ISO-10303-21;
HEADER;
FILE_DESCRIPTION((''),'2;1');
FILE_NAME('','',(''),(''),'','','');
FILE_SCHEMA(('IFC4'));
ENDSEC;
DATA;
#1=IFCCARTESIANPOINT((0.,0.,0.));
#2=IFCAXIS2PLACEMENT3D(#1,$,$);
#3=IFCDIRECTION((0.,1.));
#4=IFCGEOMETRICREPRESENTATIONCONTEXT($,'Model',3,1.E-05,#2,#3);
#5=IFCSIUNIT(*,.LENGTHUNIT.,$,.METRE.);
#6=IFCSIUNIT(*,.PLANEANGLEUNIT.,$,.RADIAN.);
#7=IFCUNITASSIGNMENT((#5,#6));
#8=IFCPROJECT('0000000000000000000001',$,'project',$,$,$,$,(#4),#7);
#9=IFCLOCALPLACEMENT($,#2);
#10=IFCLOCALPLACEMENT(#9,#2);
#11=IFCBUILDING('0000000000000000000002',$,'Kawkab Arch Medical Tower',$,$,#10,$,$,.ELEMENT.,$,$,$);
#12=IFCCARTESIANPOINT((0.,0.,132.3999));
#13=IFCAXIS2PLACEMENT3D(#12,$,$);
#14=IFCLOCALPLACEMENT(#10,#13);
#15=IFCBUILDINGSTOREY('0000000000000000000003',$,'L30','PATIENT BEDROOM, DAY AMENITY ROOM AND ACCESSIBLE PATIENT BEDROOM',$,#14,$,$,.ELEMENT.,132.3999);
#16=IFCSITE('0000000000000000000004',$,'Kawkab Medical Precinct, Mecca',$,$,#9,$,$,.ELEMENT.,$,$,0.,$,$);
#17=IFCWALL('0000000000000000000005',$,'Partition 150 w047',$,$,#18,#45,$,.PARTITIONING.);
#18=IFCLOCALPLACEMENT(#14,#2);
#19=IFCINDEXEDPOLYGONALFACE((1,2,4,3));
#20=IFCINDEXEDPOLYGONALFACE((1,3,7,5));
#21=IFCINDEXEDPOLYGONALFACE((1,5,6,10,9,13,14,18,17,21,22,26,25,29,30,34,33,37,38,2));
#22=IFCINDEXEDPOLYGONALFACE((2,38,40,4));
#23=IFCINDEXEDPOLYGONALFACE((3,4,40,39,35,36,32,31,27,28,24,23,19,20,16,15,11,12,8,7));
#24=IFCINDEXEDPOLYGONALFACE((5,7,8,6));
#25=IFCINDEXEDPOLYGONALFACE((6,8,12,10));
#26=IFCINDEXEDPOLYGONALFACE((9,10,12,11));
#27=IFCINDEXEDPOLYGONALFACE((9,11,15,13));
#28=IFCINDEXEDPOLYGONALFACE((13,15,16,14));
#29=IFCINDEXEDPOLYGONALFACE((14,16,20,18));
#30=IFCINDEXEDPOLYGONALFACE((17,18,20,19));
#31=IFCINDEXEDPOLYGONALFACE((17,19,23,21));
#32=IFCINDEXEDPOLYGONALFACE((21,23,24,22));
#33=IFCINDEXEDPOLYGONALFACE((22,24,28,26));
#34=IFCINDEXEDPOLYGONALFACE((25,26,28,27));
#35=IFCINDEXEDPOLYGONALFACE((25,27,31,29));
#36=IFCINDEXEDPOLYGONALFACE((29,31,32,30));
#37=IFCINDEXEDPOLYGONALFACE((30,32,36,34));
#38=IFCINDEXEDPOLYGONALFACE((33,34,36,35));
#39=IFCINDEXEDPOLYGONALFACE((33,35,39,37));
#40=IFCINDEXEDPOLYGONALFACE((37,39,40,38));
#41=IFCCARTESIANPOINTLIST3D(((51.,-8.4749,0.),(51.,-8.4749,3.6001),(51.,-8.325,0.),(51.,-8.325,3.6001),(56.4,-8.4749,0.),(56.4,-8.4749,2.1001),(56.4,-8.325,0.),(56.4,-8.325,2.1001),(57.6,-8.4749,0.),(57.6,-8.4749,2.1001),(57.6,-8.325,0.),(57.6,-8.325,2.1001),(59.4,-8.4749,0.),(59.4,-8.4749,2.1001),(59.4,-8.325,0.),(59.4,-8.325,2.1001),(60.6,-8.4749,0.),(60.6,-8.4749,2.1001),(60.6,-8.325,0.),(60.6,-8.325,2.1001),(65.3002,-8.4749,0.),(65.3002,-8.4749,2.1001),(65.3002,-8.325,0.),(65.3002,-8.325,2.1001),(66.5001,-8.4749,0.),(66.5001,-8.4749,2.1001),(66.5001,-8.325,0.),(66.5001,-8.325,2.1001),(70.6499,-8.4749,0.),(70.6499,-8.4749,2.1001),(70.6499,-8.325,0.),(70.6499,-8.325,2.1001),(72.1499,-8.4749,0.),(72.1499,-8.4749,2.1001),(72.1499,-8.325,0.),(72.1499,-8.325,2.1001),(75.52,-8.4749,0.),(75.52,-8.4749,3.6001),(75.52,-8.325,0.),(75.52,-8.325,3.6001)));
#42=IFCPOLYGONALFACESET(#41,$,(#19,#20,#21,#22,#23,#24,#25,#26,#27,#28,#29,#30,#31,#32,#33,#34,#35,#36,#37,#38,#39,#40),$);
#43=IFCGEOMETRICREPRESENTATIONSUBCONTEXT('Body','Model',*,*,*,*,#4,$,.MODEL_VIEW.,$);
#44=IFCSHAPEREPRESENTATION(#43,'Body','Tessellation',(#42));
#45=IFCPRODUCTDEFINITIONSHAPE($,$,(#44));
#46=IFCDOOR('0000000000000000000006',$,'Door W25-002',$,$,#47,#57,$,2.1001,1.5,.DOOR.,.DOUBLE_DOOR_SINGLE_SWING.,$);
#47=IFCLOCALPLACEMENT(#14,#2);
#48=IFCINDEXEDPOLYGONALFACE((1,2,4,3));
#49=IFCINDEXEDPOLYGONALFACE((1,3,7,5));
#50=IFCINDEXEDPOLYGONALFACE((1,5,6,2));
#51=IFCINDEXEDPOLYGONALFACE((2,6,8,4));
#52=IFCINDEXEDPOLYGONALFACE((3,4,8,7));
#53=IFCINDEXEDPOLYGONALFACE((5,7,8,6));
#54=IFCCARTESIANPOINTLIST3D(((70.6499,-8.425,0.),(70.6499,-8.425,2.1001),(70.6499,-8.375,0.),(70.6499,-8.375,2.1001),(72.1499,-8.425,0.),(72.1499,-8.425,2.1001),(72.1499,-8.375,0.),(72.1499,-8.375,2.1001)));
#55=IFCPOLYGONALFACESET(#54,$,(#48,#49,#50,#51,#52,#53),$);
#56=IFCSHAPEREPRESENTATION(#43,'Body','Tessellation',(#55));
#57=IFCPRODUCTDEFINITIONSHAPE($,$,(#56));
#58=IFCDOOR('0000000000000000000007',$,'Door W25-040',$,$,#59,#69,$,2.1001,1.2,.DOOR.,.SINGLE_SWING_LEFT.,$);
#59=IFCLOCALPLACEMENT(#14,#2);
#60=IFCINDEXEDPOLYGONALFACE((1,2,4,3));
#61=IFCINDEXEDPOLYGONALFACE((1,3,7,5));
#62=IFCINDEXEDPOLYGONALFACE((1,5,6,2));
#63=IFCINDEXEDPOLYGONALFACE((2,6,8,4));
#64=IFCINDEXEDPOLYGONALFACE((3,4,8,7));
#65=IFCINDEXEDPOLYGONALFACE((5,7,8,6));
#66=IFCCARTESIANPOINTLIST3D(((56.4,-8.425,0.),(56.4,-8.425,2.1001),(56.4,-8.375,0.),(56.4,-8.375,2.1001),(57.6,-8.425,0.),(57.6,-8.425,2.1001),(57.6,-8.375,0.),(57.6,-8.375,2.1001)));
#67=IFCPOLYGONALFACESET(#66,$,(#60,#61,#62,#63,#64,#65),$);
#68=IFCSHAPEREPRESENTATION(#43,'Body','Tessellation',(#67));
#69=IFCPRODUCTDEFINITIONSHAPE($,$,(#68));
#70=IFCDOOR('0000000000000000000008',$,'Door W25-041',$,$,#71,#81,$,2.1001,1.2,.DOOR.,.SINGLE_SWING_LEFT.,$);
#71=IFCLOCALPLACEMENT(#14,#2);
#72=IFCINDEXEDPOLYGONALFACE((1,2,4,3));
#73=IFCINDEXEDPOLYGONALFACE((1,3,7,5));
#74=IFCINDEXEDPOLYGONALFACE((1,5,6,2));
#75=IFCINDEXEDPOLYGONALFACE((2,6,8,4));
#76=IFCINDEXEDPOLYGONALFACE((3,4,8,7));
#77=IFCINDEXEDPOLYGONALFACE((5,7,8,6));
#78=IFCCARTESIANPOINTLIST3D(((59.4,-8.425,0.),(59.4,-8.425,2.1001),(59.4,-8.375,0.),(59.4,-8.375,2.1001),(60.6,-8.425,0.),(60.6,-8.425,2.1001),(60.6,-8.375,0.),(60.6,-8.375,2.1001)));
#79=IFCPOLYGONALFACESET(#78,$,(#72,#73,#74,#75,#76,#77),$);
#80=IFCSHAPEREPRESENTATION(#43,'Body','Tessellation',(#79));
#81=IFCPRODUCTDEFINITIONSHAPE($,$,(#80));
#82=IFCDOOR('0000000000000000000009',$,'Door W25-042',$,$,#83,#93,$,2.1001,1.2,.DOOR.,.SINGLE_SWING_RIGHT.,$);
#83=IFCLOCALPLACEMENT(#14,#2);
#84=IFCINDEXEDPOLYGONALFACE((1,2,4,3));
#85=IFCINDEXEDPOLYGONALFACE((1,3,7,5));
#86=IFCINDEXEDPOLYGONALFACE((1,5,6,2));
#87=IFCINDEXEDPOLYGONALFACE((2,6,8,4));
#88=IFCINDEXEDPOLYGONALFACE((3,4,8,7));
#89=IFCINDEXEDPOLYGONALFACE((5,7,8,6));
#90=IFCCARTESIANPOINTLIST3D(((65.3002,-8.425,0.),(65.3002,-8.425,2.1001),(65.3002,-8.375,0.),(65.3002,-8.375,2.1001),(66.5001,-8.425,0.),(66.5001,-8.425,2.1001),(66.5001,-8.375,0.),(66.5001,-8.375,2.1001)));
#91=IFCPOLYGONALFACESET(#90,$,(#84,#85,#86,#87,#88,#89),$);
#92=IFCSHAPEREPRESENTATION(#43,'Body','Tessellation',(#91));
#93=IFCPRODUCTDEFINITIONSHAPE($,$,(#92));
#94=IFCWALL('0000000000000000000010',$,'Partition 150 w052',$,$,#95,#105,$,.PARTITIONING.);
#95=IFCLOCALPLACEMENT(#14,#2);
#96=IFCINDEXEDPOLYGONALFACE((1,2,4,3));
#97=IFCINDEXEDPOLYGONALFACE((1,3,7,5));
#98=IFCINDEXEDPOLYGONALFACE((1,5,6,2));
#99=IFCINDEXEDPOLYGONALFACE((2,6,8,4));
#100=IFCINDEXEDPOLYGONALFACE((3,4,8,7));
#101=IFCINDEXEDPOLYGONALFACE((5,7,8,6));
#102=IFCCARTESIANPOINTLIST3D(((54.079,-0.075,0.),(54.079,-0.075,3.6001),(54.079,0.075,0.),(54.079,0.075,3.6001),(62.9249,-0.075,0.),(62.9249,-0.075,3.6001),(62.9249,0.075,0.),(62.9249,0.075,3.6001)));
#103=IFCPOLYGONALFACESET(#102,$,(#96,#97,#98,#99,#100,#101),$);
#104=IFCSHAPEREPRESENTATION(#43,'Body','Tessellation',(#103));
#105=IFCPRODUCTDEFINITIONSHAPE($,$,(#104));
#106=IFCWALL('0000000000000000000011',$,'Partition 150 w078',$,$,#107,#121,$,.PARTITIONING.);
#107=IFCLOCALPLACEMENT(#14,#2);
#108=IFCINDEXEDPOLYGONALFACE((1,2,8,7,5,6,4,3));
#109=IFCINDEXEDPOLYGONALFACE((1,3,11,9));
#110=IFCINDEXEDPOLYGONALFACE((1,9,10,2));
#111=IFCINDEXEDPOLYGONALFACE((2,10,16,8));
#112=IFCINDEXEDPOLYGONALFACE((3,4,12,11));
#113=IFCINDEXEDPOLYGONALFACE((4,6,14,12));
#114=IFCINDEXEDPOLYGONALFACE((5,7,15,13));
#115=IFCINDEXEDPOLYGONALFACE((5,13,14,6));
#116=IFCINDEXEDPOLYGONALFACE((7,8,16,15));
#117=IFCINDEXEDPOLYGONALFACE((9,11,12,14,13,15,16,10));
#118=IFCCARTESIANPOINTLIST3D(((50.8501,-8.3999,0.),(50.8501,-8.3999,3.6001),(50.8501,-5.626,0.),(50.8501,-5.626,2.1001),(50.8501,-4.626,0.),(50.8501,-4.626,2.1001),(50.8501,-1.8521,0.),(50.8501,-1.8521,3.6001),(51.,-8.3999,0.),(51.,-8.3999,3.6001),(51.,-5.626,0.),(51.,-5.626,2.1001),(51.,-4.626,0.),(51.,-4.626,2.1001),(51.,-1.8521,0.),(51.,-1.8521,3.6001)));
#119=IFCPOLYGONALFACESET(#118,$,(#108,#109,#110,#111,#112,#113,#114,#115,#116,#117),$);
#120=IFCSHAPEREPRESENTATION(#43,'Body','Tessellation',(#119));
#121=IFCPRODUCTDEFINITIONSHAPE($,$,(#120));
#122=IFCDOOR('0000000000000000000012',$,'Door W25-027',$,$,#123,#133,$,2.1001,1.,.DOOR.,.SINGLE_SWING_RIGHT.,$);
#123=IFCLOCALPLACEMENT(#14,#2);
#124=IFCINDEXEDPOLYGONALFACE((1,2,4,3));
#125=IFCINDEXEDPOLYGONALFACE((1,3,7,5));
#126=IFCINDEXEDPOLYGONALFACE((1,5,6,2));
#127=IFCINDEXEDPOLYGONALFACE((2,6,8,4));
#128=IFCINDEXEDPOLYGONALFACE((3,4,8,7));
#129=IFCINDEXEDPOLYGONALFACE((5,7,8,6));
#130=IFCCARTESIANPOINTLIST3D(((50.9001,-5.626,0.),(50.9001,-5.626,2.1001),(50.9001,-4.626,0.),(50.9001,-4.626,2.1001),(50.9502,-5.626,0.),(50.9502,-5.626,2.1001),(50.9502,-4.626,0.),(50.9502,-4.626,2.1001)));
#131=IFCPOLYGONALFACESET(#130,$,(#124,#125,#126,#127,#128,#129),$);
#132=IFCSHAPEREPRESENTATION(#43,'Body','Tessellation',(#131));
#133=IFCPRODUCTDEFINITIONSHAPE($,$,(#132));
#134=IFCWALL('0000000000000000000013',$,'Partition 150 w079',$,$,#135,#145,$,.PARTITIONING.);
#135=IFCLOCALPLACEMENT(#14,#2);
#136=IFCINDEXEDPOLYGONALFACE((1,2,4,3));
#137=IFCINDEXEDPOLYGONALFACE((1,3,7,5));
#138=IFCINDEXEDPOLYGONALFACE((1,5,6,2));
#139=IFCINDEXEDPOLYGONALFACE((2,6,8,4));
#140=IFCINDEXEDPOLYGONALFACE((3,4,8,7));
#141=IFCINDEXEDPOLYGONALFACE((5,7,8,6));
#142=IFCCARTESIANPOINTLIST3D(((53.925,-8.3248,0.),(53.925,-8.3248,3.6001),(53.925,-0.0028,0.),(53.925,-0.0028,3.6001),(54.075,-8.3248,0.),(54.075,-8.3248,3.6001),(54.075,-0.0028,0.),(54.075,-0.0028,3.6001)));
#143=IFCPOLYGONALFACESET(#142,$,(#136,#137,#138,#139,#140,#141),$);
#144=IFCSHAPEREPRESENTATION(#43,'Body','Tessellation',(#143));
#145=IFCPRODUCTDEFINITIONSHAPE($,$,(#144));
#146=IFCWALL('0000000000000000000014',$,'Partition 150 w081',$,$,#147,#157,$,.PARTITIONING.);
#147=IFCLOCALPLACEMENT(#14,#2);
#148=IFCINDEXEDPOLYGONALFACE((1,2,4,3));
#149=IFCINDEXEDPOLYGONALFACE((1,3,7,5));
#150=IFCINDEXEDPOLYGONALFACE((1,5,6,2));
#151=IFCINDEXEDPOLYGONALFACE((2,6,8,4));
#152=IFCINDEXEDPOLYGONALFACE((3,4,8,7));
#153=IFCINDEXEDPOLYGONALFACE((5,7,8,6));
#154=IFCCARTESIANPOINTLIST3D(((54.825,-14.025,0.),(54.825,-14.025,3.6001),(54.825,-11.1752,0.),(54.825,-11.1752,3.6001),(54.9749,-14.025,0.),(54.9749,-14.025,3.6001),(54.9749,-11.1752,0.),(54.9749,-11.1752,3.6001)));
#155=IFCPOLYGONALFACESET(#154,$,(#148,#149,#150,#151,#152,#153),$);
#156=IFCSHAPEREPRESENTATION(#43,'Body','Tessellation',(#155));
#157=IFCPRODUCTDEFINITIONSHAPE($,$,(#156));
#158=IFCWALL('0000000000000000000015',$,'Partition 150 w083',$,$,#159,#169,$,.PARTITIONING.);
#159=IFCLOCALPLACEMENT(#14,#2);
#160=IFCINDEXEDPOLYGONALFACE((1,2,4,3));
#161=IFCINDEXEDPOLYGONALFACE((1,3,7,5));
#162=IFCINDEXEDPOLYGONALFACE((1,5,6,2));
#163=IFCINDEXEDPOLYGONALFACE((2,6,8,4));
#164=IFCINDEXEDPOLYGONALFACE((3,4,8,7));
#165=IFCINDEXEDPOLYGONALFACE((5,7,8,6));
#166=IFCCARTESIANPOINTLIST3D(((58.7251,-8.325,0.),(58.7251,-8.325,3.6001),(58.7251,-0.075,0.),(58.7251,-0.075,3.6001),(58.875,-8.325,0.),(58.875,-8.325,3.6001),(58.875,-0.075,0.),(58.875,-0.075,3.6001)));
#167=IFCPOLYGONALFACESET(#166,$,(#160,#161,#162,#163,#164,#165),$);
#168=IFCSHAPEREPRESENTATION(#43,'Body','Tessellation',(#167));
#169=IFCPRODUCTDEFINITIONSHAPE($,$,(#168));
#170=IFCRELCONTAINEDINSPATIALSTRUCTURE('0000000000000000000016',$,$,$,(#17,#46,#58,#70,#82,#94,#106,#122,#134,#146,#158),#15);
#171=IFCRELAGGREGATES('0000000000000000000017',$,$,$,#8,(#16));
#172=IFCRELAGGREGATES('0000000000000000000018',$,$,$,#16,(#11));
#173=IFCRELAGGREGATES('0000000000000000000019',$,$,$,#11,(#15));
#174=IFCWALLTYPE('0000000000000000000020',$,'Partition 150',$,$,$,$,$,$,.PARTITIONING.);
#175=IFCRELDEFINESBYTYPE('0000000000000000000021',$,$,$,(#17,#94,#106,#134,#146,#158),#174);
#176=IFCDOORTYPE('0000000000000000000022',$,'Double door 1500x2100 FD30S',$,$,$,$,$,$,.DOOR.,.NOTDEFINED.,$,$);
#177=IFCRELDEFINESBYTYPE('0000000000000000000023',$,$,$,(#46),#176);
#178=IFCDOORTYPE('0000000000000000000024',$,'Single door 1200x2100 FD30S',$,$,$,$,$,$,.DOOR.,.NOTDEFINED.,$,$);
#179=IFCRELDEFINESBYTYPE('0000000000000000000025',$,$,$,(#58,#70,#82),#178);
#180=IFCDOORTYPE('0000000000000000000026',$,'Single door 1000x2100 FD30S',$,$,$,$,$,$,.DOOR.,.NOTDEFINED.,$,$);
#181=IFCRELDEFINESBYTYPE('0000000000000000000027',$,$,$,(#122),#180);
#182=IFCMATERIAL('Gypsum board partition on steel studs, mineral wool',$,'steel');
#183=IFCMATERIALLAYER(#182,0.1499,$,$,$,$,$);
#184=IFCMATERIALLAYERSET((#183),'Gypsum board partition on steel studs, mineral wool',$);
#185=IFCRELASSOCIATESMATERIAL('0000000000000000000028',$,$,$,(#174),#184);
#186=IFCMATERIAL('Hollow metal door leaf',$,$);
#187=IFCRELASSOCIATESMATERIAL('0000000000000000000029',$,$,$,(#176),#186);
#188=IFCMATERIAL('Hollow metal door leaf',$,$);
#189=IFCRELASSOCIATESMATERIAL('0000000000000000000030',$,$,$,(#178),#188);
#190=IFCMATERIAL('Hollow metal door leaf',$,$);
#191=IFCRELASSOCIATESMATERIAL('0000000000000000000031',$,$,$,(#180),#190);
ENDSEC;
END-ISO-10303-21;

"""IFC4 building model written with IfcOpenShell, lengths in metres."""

from ifc_helpers import new_model, si_unit, direction, frame, frame_2d, origin, place, context, subcontext, project, spatial, rectangle, extrude, material, layer, layer_set, type_object, element, fill, save


model = new_model("IFC4")

# Units and contexts
model_context = context("Model", 3, precision=1e-05, world=origin(), true_north=direction((0.0, 1.0)))
body_context = subcontext(model_context, "Body", "Model", "MODEL_VIEW")
ifc_project = project(units=[si_unit("LENGTHUNIT", "METRE"), si_unit("PLANEANGLEUNIT", "RADIAN")], contexts=[model_context])

# Site, building, storey
site_placement = place(None, origin())
site = spatial("IfcSite", under=ifc_project, at=site_placement, Name="Kawkab Medical Precinct, Mecca", CompositionType="ELEMENT", RefElevation=0.0)
building_placement = place(site_placement, origin())
building = spatial("IfcBuilding", under=site, at=building_placement, Name="Kawkab Arch Medical Tower", CompositionType="ELEMENT")
storey_placement = place(building_placement, frame((0.0, 0.0, 132.3999)))
storey = spatial("IfcBuildingStorey", under=building, at=storey_placement, Name="L30", Description="PATIENT BEDROOM, DAY AMENITY ROOM AND ACCESSIBLE PATIENT BEDROOM", CompositionType="ELEMENT", Elevation=132.3999)

# Wall, openings, doors
ifc_material_1 = material(Name="Gypsum board partition on steel studs, mineral wool", Category="steel")
ifc_layer_1 = layer(ifc_material_1, 0.1499)
ifc_layer_set_1 = layer_set([ifc_layer_1], Name="Gypsum board partition on steel studs, mineral wool")
wall_type_1 = type_object("IfcWallType", Name="Partition 150", PredefinedType="PARTITIONING", material=ifc_layer_set_1)
wall_1_placement = place(storey_placement, frame((51.0, -8.3999, 0.0), z_axis=(0.0, 0.0, 1.0), x_axis=(1.0, 0.0, 0.0)))
wall_1 = element("IfcWall", 1, at=wall_1_placement, inside=storey, type_object=wall_type_1, Name="Partition 150 w047", PredefinedType="PARTITIONING", context=body_context, shape_type="SweptSolid", body=[
    extrude(rectangle(XDim=24.52, YDim=0.1499, at=frame_2d((12.26, 0.0))), origin(), (0.0, 0.0, 1.0), 3.6001),
])
opening_1_placement = place(wall_1_placement, frame((5.3999, 0.0, 0.0)))
opening_1 = element("IfcOpeningElement", 2, at=opening_1_placement, cuts=wall_1, PredefinedType="OPENING", context=body_context, shape_type="SweptSolid", body=[
    extrude(rectangle(XDim=1.2, YDim=2.1001, at=frame_2d((0.6001, 1.05))), frame((0.0, 0.085, 0.0), z_axis=(0.0, -1.0, 0.0), x_axis=(1.0, 0.0, 0.0)), (0.0, 0.0, 1.0), 0.1699),
])
opening_2_placement = place(wall_1_placement, frame((8.3999, 0.0, 0.0)))
opening_2 = element("IfcOpeningElement", 3, at=opening_2_placement, cuts=wall_1, PredefinedType="OPENING", context=body_context, shape_type="SweptSolid", body=[
    extrude(rectangle(XDim=1.2, YDim=2.1001, at=frame_2d((0.6001, 1.05))), frame((0.0, 0.085, 0.0), z_axis=(0.0, -1.0, 0.0), x_axis=(1.0, 0.0, 0.0)), (0.0, 0.0, 1.0), 0.1699),
])
opening_3_placement = place(wall_1_placement, frame((14.3, 0.0, 0.0)))
opening_3 = element("IfcOpeningElement", 4, at=opening_3_placement, cuts=wall_1, PredefinedType="OPENING", context=body_context, shape_type="SweptSolid", body=[
    extrude(rectangle(XDim=1.2, YDim=2.1001, at=frame_2d((0.6001, 1.05))), frame((0.0, 0.085, 0.0), z_axis=(0.0, -1.0, 0.0), x_axis=(1.0, 0.0, 0.0)), (0.0, 0.0, 1.0), 0.1699),
])
opening_4_placement = place(wall_1_placement, frame((19.6499, 0.0, 0.0)))
opening_4 = element("IfcOpeningElement", 5, at=opening_4_placement, cuts=wall_1, PredefinedType="OPENING", context=body_context, shape_type="SweptSolid", body=[
    extrude(rectangle(XDim=1.5, YDim=2.1001, at=frame_2d((0.75, 1.05))), frame((0.0, 0.085, 0.0), z_axis=(0.0, -1.0, 0.0), x_axis=(1.0, 0.0, 0.0)), (0.0, 0.0, 1.0), 0.1699),
])
ifc_material_2 = material(Name="Hollow metal door leaf")
door_type_1 = type_object("IfcDoorType", Name="Double door 1500x2100 FD30S", OperationType="NOTDEFINED", PredefinedType="DOOR", material=ifc_material_2)
door_1_placement = place(opening_4_placement, origin())
door_1 = element("IfcDoor", 6, at=door_1_placement, inside=storey, type_object=door_type_1, Name="Door W25-002", OperationType="DOUBLE_DOOR_SINGLE_SWING", OverallHeight=2.1001, OverallWidth=1.5, PredefinedType="DOOR", context=body_context, shape_type="SweptSolid", body=[
    extrude(rectangle(XDim=1.5, YDim=2.1001, at=frame_2d((0.75, 1.05))), frame((0.0, 0.0249, 0.0), z_axis=(0.0, -1.0, 0.0), x_axis=(1.0, 0.0, 0.0)), (0.0, 0.0, 1.0), 0.05),
])
fill(opening_4, door_1)
ifc_material_3 = material(Name="Hollow metal door leaf")
door_type_2 = type_object("IfcDoorType", Name="Single door 1200x2100 FD30S", OperationType="NOTDEFINED", PredefinedType="DOOR", material=ifc_material_3)
door_2_placement = place(opening_1_placement, origin())
door_2 = element("IfcDoor", 7, at=door_2_placement, inside=storey, type_object=door_type_2, Name="Door W25-040", OperationType="SINGLE_SWING_LEFT", OverallHeight=2.1001, OverallWidth=1.2, PredefinedType="DOOR", context=body_context, shape_type="SweptSolid", body=[
    extrude(rectangle(XDim=1.2, YDim=2.1001, at=frame_2d((0.6001, 1.05))), frame((0.0, 0.0249, 0.0), z_axis=(0.0, -1.0, 0.0), x_axis=(1.0, 0.0, 0.0)), (0.0, 0.0, 1.0), 0.05),
])
fill(opening_1, door_2)
door_3_placement = place(opening_2_placement, origin())
door_3 = element("IfcDoor", 8, at=door_3_placement, inside=storey, type_object=door_type_2, Name="Door W25-041", OperationType="SINGLE_SWING_LEFT", OverallHeight=2.1001, OverallWidth=1.2, PredefinedType="DOOR", context=body_context, shape_type="SweptSolid", body=[
    extrude(rectangle(XDim=1.2, YDim=2.1001, at=frame_2d((0.6001, 1.05))), frame((0.0, 0.0249, 0.0), z_axis=(0.0, -1.0, 0.0), x_axis=(1.0, 0.0, 0.0)), (0.0, 0.0, 1.0), 0.05),
])
fill(opening_2, door_3)
door_4_placement = place(opening_3_placement, origin())
door_4 = element("IfcDoor", 9, at=door_4_placement, inside=storey, type_object=door_type_2, Name="Door W25-042", OperationType="SINGLE_SWING_RIGHT", OverallHeight=2.1001, OverallWidth=1.2, PredefinedType="DOOR", context=body_context, shape_type="SweptSolid", body=[
    extrude(rectangle(XDim=1.2, YDim=2.1001, at=frame_2d((0.6001, 1.05))), frame((0.0, 0.0249, 0.0), z_axis=(0.0, -1.0, 0.0), x_axis=(1.0, 0.0, 0.0)), (0.0, 0.0, 1.0), 0.05),
])
fill(opening_3, door_4)

# Wall
wall_2_placement = place(storey_placement, frame((54.0791, 0.0, 0.0), z_axis=(0.0, 0.0, 1.0), x_axis=(1.0, 0.0, 0.0)))
element("IfcWall", 10, at=wall_2_placement, inside=storey, type_object=wall_type_1, Name="Partition 150 w052", PredefinedType="PARTITIONING", context=body_context, shape_type="SweptSolid", body=[
    extrude(rectangle(XDim=8.8459, YDim=0.1499, at=frame_2d((4.4229, 0.0))), origin(), (0.0, 0.0, 1.0), 3.6001),
])

# Wall, opening, door
wall_3_placement = place(storey_placement, frame((50.925, -8.3999, 0.0), z_axis=(0.0, 0.0, 1.0), x_axis=(0.0, 1.0, 0.0)))
wall_3 = element("IfcWall", 11, at=wall_3_placement, inside=storey, type_object=wall_type_1, Name="Partition 150 w078", PredefinedType="PARTITIONING", context=body_context, shape_type="SweptSolid", body=[
    extrude(rectangle(XDim=6.5479, YDim=0.1499, at=frame_2d((3.2739, 0.0))), origin(), (0.0, 0.0, 1.0), 3.6001),
])
opening_5_placement = place(wall_3_placement, frame((2.7739, 0.0, 0.0)))
opening_5 = element("IfcOpeningElement", 12, at=opening_5_placement, cuts=wall_3, PredefinedType="OPENING", context=body_context, shape_type="SweptSolid", body=[
    extrude(rectangle(XDim=1.0, YDim=2.1001, at=frame_2d((0.5, 1.05))), frame((0.0, 0.085, 0.0), z_axis=(0.0, -1.0, 0.0), x_axis=(1.0, 0.0, 0.0)), (0.0, 0.0, 1.0), 0.1699),
])
ifc_material_4 = material(Name="Hollow metal door leaf")
door_type_3 = type_object("IfcDoorType", Name="Single door 1000x2100 FD30S", OperationType="NOTDEFINED", PredefinedType="DOOR", material=ifc_material_4)
door_5_placement = place(opening_5_placement, origin())
door_5 = element("IfcDoor", 13, at=door_5_placement, inside=storey, type_object=door_type_3, Name="Door W25-027", OperationType="SINGLE_SWING_RIGHT", OverallHeight=2.1001, OverallWidth=1.0, PredefinedType="DOOR", context=body_context, shape_type="SweptSolid", body=[
    extrude(rectangle(XDim=1.0, YDim=2.1001, at=frame_2d((0.5, 1.05))), frame((0.0, 0.0249, 0.0), z_axis=(0.0, -1.0, 0.0), x_axis=(1.0, 0.0, 0.0)), (0.0, 0.0, 1.0), 0.05),
])
fill(opening_5, door_5)

# Walls
wall_4_placement = place(storey_placement, frame((54.0, -8.325, 0.0), z_axis=(0.0, 0.0, 1.0), x_axis=(0.0, 1.0, 0.0)))
element("IfcWall", 14, at=wall_4_placement, inside=storey, type_object=wall_type_1, Name="Partition 150 w079", PredefinedType="PARTITIONING", context=body_context, shape_type="SweptSolid", body=[
    extrude(rectangle(XDim=8.322, YDim=0.1499, at=frame_2d((4.1611, 0.0))), origin(), (0.0, 0.0, 1.0), 3.6001),
])
wall_5_placement = place(storey_placement, frame((54.8999, -14.0249, 0.0), z_axis=(0.0, 0.0, 1.0), x_axis=(0.0, 1.0, 0.0)))
element("IfcWall", 15, at=wall_5_placement, inside=storey, type_object=wall_type_1, Name="Partition 150 w081", PredefinedType="PARTITIONING", context=body_context, shape_type="SweptSolid", body=[
    extrude(rectangle(XDim=2.8499, YDim=0.1499, at=frame_2d((1.4248, 0.0))), origin(), (0.0, 0.0, 1.0), 3.6001),
])
wall_6_placement = place(storey_placement, frame((58.8, -8.325, 0.0), z_axis=(0.0, 0.0, 1.0), x_axis=(0.0, 1.0, 0.0)))
element("IfcWall", 16, at=wall_6_placement, inside=storey, type_object=wall_type_1, Name="Partition 150 w083", PredefinedType="PARTITIONING", context=body_context, shape_type="SweptSolid", body=[
    extrude(rectangle(XDim=8.25, YDim=0.1499, at=frame_2d((4.125, 0.0))), origin(), (0.0, 0.0, 1.0), 3.6001),
])

save(model, "model.ifc")
